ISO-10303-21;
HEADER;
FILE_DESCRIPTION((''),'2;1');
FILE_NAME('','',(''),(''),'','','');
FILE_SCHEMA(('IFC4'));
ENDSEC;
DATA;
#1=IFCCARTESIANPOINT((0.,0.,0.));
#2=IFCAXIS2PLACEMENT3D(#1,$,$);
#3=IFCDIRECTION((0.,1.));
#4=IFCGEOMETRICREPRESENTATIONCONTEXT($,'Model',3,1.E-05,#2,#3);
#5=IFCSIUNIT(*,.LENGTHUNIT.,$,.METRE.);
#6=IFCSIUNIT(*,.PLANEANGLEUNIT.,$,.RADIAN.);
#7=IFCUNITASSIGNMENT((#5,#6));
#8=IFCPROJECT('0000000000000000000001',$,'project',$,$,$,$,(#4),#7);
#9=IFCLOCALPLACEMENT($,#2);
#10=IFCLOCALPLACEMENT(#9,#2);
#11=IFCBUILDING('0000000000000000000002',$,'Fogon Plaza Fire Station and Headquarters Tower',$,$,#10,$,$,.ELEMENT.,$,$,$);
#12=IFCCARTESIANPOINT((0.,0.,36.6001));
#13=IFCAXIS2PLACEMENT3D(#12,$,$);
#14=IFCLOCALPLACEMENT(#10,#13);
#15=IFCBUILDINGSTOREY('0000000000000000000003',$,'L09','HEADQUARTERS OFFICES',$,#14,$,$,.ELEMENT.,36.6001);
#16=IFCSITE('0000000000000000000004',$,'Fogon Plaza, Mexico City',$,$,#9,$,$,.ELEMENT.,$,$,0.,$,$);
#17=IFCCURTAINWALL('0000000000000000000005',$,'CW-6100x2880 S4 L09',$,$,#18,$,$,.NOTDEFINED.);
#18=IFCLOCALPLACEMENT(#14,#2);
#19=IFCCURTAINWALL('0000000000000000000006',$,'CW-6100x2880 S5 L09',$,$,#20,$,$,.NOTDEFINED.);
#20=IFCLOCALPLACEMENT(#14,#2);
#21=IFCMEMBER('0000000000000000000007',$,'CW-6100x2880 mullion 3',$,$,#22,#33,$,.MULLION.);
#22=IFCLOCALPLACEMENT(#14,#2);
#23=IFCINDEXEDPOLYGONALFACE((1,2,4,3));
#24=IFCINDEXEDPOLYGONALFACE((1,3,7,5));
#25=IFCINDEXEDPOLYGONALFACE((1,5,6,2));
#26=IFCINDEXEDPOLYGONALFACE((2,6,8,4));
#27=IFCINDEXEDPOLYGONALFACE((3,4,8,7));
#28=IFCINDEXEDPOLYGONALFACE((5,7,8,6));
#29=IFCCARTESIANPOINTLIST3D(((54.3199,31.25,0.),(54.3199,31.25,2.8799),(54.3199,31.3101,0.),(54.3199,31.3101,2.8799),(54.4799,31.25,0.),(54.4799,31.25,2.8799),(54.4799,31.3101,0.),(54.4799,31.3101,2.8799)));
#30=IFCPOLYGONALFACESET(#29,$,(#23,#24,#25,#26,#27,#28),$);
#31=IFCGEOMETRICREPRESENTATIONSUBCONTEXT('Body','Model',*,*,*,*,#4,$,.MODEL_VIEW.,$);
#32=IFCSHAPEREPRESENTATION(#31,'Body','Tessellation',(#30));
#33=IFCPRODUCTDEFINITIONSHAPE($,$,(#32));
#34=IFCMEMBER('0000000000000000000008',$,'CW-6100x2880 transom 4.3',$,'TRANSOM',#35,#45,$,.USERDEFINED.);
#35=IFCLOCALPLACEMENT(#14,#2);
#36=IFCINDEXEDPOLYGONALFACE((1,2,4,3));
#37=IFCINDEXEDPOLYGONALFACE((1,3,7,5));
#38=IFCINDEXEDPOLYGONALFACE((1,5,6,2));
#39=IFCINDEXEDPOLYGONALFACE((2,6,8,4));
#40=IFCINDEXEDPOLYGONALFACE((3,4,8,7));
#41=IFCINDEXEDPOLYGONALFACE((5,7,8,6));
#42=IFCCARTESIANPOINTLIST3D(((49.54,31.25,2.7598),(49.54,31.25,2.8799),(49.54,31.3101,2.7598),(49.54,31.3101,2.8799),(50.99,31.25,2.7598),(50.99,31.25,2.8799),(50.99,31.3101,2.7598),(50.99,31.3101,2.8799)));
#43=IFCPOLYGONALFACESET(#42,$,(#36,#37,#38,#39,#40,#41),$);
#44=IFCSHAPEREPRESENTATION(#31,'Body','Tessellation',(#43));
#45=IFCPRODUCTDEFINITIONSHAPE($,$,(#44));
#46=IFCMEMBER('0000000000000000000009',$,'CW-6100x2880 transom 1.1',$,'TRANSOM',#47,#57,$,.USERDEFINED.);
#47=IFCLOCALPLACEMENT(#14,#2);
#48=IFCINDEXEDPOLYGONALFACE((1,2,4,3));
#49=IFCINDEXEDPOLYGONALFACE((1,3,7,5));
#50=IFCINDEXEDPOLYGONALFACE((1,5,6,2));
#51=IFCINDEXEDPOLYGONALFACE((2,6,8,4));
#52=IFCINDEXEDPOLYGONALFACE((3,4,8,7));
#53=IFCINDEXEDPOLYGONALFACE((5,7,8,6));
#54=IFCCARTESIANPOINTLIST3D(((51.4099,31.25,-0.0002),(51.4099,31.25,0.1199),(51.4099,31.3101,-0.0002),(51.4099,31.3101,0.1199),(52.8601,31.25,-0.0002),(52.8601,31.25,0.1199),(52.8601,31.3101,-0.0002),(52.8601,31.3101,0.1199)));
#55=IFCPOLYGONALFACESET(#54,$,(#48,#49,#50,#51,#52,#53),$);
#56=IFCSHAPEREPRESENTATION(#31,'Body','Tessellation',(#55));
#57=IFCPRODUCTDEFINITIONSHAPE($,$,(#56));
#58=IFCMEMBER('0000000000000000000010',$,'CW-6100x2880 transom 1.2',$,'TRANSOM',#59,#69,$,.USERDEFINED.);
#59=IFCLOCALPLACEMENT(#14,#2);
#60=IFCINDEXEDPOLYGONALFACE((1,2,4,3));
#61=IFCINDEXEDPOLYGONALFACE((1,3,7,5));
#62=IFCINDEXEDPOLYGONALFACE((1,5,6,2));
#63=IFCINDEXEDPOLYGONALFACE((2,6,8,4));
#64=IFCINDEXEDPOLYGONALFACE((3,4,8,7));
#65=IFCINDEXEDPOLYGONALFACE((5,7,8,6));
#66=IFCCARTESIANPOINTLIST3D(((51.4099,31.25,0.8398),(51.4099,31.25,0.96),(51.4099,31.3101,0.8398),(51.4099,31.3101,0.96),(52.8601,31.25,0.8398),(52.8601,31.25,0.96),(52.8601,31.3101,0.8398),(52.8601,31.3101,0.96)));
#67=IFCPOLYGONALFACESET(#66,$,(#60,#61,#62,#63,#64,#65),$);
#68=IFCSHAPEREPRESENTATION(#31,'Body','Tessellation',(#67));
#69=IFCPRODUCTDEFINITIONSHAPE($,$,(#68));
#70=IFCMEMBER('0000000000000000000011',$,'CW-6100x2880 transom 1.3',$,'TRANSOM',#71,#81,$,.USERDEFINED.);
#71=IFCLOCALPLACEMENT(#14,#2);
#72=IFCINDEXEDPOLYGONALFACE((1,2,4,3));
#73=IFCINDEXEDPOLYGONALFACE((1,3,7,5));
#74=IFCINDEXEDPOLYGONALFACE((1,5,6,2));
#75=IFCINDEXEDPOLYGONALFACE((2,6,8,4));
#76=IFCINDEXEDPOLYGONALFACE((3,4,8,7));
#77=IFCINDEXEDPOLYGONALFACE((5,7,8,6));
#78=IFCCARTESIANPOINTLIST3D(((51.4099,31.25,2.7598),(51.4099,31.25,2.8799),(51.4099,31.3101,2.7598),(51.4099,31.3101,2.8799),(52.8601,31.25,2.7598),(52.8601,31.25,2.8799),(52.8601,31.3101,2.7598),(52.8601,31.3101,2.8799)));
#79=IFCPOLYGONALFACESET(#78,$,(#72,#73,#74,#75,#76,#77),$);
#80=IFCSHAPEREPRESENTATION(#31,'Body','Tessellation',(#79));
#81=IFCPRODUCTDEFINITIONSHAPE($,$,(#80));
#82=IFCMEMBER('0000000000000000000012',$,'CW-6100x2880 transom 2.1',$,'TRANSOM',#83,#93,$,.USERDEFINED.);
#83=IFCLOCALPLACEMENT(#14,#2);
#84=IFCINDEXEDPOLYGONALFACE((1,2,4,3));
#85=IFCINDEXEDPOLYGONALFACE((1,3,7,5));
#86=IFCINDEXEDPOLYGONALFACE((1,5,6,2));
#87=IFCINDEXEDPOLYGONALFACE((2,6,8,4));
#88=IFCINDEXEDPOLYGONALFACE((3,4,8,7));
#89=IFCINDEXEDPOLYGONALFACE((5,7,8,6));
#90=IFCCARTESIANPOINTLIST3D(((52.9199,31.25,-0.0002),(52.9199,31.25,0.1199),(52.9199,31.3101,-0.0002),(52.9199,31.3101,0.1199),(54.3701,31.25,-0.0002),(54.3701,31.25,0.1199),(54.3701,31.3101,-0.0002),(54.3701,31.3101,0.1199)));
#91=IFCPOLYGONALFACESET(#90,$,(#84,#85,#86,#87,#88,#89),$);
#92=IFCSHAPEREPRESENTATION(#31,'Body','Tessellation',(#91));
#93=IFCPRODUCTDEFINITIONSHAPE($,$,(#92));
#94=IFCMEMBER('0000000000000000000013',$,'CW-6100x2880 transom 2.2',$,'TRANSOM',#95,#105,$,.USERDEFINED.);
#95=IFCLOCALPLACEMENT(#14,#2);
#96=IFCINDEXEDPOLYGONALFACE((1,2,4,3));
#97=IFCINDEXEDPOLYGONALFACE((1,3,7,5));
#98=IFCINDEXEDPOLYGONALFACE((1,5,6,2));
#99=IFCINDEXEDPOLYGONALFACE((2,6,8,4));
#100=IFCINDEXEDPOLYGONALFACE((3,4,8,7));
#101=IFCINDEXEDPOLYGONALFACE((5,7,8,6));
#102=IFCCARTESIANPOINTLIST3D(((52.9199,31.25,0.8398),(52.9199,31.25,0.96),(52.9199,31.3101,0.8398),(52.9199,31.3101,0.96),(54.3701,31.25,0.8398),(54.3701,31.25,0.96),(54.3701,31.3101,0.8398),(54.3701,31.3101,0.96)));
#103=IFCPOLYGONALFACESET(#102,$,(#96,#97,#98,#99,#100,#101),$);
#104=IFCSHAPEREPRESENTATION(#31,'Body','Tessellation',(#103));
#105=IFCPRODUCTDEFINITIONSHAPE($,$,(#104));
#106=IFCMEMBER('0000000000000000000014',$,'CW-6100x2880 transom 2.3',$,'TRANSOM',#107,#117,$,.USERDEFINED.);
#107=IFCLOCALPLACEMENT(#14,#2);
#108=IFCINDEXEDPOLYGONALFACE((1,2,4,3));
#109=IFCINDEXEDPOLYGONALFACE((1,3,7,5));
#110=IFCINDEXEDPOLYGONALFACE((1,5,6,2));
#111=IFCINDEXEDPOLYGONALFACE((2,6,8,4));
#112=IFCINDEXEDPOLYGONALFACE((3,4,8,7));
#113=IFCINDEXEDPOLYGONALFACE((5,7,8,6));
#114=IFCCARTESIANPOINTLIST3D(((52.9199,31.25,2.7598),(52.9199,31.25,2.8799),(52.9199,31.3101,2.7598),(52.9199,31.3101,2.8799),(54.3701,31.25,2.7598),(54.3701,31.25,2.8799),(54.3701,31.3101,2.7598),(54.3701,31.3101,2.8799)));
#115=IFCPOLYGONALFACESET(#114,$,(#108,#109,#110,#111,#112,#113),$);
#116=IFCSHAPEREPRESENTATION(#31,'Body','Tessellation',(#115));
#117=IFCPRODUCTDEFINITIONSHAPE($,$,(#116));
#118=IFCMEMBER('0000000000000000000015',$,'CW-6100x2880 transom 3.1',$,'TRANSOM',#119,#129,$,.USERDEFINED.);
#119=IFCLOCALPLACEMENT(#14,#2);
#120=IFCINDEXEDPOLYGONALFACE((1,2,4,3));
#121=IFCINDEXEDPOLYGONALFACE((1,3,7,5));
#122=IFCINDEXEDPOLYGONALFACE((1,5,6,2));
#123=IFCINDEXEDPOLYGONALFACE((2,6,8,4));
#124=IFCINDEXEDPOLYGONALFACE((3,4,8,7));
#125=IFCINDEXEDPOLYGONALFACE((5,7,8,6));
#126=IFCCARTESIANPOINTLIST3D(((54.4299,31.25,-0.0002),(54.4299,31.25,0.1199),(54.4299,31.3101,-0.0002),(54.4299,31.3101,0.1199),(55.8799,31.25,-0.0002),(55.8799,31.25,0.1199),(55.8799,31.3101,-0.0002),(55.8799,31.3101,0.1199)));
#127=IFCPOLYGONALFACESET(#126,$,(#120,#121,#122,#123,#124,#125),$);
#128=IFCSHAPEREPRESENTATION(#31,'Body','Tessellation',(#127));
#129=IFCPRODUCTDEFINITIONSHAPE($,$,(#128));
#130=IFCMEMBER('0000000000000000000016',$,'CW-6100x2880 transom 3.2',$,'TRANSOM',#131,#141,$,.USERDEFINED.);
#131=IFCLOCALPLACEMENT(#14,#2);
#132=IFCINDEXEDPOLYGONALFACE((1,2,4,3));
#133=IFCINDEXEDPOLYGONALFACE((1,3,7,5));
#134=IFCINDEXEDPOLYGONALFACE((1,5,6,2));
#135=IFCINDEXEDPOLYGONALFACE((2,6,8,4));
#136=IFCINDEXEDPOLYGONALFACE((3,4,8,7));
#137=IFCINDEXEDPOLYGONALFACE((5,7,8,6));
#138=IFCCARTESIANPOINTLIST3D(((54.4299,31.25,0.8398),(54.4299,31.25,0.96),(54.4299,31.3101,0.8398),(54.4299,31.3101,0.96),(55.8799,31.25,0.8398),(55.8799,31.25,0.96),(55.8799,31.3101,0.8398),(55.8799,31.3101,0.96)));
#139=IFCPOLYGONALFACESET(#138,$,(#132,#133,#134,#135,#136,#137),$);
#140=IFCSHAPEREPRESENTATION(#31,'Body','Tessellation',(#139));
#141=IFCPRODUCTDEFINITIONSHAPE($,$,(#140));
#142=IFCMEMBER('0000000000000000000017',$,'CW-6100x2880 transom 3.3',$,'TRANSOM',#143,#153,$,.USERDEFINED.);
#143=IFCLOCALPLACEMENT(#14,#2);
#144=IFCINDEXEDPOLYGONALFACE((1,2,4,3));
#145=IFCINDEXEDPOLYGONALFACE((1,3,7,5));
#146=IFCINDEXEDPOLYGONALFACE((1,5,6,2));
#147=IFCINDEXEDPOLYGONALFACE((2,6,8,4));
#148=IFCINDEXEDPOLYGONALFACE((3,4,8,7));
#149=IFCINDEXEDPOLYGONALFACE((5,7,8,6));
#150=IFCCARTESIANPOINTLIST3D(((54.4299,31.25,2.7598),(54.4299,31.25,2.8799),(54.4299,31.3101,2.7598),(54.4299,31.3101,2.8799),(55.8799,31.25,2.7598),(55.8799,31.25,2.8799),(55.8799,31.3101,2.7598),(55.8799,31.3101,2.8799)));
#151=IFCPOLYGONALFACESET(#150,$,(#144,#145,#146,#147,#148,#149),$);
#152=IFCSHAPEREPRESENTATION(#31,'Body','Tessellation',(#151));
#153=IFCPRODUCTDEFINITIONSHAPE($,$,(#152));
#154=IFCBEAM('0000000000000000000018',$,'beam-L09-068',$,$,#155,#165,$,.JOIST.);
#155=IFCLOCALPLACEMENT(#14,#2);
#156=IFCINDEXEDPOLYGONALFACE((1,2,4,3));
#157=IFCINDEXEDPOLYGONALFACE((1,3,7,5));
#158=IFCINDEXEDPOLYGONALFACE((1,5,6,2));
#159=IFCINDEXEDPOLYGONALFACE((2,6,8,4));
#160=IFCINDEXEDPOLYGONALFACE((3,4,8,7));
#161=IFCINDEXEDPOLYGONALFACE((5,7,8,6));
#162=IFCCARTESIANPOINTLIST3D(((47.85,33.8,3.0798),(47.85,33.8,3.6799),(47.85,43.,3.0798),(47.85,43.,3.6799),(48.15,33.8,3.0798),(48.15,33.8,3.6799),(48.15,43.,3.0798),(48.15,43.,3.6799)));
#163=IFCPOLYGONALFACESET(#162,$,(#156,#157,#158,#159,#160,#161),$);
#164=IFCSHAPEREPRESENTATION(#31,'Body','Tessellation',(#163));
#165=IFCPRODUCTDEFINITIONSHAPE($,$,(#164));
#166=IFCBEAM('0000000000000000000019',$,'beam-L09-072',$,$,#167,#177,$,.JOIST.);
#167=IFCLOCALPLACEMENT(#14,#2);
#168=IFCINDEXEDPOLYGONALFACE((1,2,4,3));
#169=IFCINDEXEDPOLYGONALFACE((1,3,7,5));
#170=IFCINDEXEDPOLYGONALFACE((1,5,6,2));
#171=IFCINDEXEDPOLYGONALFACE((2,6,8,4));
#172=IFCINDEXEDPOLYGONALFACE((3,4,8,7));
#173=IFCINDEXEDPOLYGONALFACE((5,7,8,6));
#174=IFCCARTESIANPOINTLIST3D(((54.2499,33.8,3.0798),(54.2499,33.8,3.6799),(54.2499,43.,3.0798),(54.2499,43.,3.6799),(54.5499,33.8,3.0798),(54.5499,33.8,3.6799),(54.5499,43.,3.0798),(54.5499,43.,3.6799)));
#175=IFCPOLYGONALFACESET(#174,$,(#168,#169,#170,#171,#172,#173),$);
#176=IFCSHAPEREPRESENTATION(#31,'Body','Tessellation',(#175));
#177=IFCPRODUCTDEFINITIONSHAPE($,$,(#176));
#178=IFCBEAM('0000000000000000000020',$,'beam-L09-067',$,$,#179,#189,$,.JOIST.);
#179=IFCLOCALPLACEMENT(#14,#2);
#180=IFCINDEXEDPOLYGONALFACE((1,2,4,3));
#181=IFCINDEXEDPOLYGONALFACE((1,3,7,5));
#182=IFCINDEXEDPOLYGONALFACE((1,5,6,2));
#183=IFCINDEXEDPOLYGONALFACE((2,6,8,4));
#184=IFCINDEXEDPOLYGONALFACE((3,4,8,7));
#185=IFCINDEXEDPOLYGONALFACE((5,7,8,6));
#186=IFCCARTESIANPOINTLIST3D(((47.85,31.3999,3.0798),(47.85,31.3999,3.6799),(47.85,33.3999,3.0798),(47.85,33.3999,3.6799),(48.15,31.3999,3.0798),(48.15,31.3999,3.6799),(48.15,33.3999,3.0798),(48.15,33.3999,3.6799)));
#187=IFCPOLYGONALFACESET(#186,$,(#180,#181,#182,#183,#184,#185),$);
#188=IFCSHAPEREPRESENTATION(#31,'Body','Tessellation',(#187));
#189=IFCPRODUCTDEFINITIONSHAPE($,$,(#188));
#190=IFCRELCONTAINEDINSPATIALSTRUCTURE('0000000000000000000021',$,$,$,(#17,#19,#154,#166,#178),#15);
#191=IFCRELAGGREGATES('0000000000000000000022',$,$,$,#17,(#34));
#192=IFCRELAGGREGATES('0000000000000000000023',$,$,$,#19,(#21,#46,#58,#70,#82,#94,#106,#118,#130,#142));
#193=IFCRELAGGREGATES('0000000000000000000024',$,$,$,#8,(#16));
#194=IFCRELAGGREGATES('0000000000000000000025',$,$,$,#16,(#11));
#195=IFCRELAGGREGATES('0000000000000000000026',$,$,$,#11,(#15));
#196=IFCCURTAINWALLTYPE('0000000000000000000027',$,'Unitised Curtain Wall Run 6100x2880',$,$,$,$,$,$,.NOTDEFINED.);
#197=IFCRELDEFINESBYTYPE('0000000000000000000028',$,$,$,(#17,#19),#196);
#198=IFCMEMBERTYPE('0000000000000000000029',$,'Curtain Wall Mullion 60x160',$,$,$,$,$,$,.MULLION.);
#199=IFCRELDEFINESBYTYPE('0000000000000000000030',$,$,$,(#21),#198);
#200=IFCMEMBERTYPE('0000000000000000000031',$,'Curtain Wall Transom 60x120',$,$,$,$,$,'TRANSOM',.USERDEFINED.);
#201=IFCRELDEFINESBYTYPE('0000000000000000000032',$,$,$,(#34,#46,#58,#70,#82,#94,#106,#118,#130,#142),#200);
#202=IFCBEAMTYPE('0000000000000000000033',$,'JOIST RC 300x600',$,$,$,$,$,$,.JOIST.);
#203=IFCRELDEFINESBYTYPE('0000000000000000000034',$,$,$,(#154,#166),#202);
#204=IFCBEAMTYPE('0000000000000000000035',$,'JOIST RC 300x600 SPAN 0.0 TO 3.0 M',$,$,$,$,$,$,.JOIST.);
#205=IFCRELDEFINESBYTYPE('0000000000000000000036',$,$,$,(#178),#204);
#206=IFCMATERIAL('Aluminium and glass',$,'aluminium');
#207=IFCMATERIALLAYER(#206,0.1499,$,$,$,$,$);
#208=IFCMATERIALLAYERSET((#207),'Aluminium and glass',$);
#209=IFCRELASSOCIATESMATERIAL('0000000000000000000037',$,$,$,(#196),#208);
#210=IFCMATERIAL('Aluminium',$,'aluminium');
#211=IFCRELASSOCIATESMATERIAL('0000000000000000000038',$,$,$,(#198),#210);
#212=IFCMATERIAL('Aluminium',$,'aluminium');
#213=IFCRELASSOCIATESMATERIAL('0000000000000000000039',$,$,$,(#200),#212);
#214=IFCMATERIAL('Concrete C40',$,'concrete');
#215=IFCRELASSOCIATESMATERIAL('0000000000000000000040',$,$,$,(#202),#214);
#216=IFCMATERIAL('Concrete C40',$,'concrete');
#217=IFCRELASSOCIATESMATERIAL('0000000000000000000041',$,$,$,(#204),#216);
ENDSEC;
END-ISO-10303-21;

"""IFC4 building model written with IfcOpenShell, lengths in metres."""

from ifc_helpers import new_model, si_unit, direction, frame, origin, origin_2d, place, context, subcontext, project, spatial, rectangle, extrude, material, layer, layer_set, material_profile, profile_set, type_object, element, aggregate, save


model = new_model("IFC4")

# Units and contexts
model_context = context("Model", 3, precision=1e-05, world=origin(), true_north=direction((0.0, 1.0)))
body_context = subcontext(model_context, "Body", "Model", "MODEL_VIEW")
ifc_project = project(units=[si_unit("LENGTHUNIT", "METRE"), si_unit("PLANEANGLEUNIT", "RADIAN")], contexts=[model_context])

# Site, building, storey
site_placement = place(None, origin())
site = spatial("IfcSite", under=ifc_project, at=site_placement, Name="Fogon Plaza, Mexico City", CompositionType="ELEMENT", RefElevation=0.0)
building_placement = place(site_placement, origin())
building = spatial("IfcBuilding", under=site, at=building_placement, Name="Fogon Plaza Fire Station and Headquarters Tower", CompositionType="ELEMENT")
storey_placement = place(building_placement, frame((0.0, 0.0, 36.6001)))
storey = spatial("IfcBuildingStorey", under=building, at=storey_placement, Name="L09", Description="HEADQUARTERS OFFICES", CompositionType="ELEMENT", Elevation=36.6001)

# Curtain wall
ifc_material_1 = material(Name="Aluminium and glass", Category="aluminium")
ifc_layer_1 = layer(ifc_material_1, 0.1499)
ifc_layer_set_1 = layer_set([ifc_layer_1], Name="Aluminium and glass")
curtain_wall_type = type_object("IfcCurtainWallType", Name="Unitised Curtain Wall Run 6100x2880", PredefinedType="NOTDEFINED", material=ifc_layer_set_1)
curtain_wall_1_placement = place(storey_placement, origin())
curtain_wall_1 = element("IfcCurtainWall", 1, at=curtain_wall_1_placement, inside=storey, type_object=curtain_wall_type, Name="CW-6100x2880 S4 L09", PredefinedType="NOTDEFINED")
ifc_material_2 = material(Name="Aluminium", Category="aluminium")
ifc_material_profile_1 = material_profile(ifc_material_2, rectangle(XDim=0.0601, YDim=0.1599, at=origin_2d()), Name="Curtain Wall Mullion 60x160")
ifc_profile_set_1 = profile_set([ifc_material_profile_1], Name="Aluminium")
member_type_1 = type_object("IfcMemberType", Name="Curtain Wall Mullion 60x160", PredefinedType="MULLION", material=ifc_profile_set_1)

# Curtain wall, member
curtain_wall_2_placement = place(storey_placement, origin())
curtain_wall_2 = element("IfcCurtainWall", 2, at=curtain_wall_2_placement, inside=storey, type_object=curtain_wall_type, Name="CW-6100x2880 S5 L09", PredefinedType="NOTDEFINED")
member_1_placement = place(storey_placement, frame((54.3999, 31.28, 0.0), z_axis=(0.0, 0.0, 1.0), x_axis=(0.0, 1.0, 0.0)))
member_1 = element("IfcMember", 3, at=member_1_placement, type_object=member_type_1, Name="CW-6100x2880 mullion 3", PredefinedType="MULLION", context=body_context, shape_type="SweptSolid", body=[
    extrude(rectangle(XDim=0.0601, YDim=0.1599, at=origin_2d()), origin(), (0.0, 0.0, 1.0), 2.8799),
])

# Members
ifc_material_3 = material(Name="Aluminium", Category="aluminium")
ifc_material_profile_2 = material_profile(ifc_material_3, rectangle(XDim=0.0601, YDim=0.1201, at=origin_2d()), Name="Curtain Wall Transom 60x120")
ifc_profile_set_2 = profile_set([ifc_material_profile_2], Name="Aluminium")
member_type_2 = type_object("IfcMemberType", Name="Curtain Wall Transom 60x120", ElementType="TRANSOM", PredefinedType="USERDEFINED", material=ifc_profile_set_2)
member_2_placement = place(storey_placement, frame((49.54, 31.28, 2.8198), z_axis=(1.0, 0.0, 0.0), x_axis=(0.0, 1.0, 0.0)))
member_2 = element("IfcMember", 4, at=member_2_placement, type_object=member_type_2, Name="CW-6100x2880 transom 4.3", ObjectType="TRANSOM", PredefinedType="USERDEFINED", context=body_context, shape_type="SweptSolid", body=[
    extrude(rectangle(XDim=0.0601, YDim=0.1201, at=origin_2d()), origin(), (0.0, 0.0, 1.0), 1.45),
])
member_3_placement = place(storey_placement, frame((51.4099, 31.28, 0.0598), z_axis=(1.0, 0.0, 0.0), x_axis=(0.0, 1.0, 0.0)))
member_3 = element("IfcMember", 5, at=member_3_placement, type_object=member_type_2, Name="CW-6100x2880 transom 1.1", ObjectType="TRANSOM", PredefinedType="USERDEFINED", context=body_context, shape_type="SweptSolid", body=[
    extrude(rectangle(XDim=0.0601, YDim=0.1201, at=origin_2d()), origin(), (0.0, 0.0, 1.0), 1.4502),
])
member_4_placement = place(storey_placement, frame((51.4099, 31.28, 0.8999), z_axis=(1.0, 0.0, 0.0), x_axis=(0.0, 1.0, 0.0)))
member_4 = element("IfcMember", 6, at=member_4_placement, type_object=member_type_2, Name="CW-6100x2880 transom 1.2", ObjectType="TRANSOM", PredefinedType="USERDEFINED", context=body_context, shape_type="SweptSolid", body=[
    extrude(rectangle(XDim=0.0601, YDim=0.1201, at=origin_2d()), origin(), (0.0, 0.0, 1.0), 1.4502),
])
member_5_placement = place(storey_placement, frame((51.4099, 31.28, 2.8198), z_axis=(1.0, 0.0, 0.0), x_axis=(0.0, 1.0, 0.0)))
member_5 = element("IfcMember", 7, at=member_5_placement, type_object=member_type_2, Name="CW-6100x2880 transom 1.3", ObjectType="TRANSOM", PredefinedType="USERDEFINED", context=body_context, shape_type="SweptSolid", body=[
    extrude(rectangle(XDim=0.0601, YDim=0.1201, at=origin_2d()), origin(), (0.0, 0.0, 1.0), 1.4502),
])
member_6_placement = place(storey_placement, frame((52.9199, 31.28, 0.0598), z_axis=(1.0, 0.0, 0.0), x_axis=(0.0, 1.0, 0.0)))
member_6 = element("IfcMember", 8, at=member_6_placement, type_object=member_type_2, Name="CW-6100x2880 transom 2.1", ObjectType="TRANSOM", PredefinedType="USERDEFINED", context=body_context, shape_type="SweptSolid", body=[
    extrude(rectangle(XDim=0.0601, YDim=0.1201, at=origin_2d()), origin(), (0.0, 0.0, 1.0), 1.4502),
])
member_7_placement = place(storey_placement, frame((52.9199, 31.28, 0.8999), z_axis=(1.0, 0.0, 0.0), x_axis=(0.0, 1.0, 0.0)))
member_7 = element("IfcMember", 9, at=member_7_placement, type_object=member_type_2, Name="CW-6100x2880 transom 2.2", ObjectType="TRANSOM", PredefinedType="USERDEFINED", context=body_context, shape_type="SweptSolid", body=[
    extrude(rectangle(XDim=0.0601, YDim=0.1201, at=origin_2d()), origin(), (0.0, 0.0, 1.0), 1.4502),
])
member_8_placement = place(storey_placement, frame((52.9199, 31.28, 2.8198), z_axis=(1.0, 0.0, 0.0), x_axis=(0.0, 1.0, 0.0)))
member_8 = element("IfcMember", 10, at=member_8_placement, type_object=member_type_2, Name="CW-6100x2880 transom 2.3", ObjectType="TRANSOM", PredefinedType="USERDEFINED", context=body_context, shape_type="SweptSolid", body=[
    extrude(rectangle(XDim=0.0601, YDim=0.1201, at=origin_2d()), origin(), (0.0, 0.0, 1.0), 1.4502),
])
member_9_placement = place(storey_placement, frame((54.4299, 31.28, 0.0598), z_axis=(1.0, 0.0, 0.0), x_axis=(0.0, 1.0, 0.0)))
member_9 = element("IfcMember", 11, at=member_9_placement, type_object=member_type_2, Name="CW-6100x2880 transom 3.1", ObjectType="TRANSOM", PredefinedType="USERDEFINED", context=body_context, shape_type="SweptSolid", body=[
    extrude(rectangle(XDim=0.0601, YDim=0.1201, at=origin_2d()), origin(), (0.0, 0.0, 1.0), 1.45),
])
member_10_placement = place(storey_placement, frame((54.4299, 31.28, 0.8999), z_axis=(1.0, 0.0, 0.0), x_axis=(0.0, 1.0, 0.0)))
member_10 = element("IfcMember", 12, at=member_10_placement, type_object=member_type_2, Name="CW-6100x2880 transom 3.2", ObjectType="TRANSOM", PredefinedType="USERDEFINED", context=body_context, shape_type="SweptSolid", body=[
    extrude(rectangle(XDim=0.0601, YDim=0.1201, at=origin_2d()), origin(), (0.0, 0.0, 1.0), 1.45),
])
member_11_placement = place(storey_placement, frame((54.4299, 31.28, 2.8198), z_axis=(1.0, 0.0, 0.0), x_axis=(0.0, 1.0, 0.0)))
member_11 = element("IfcMember", 13, at=member_11_placement, type_object=member_type_2, Name="CW-6100x2880 transom 3.3", ObjectType="TRANSOM", PredefinedType="USERDEFINED", context=body_context, shape_type="SweptSolid", body=[
    extrude(rectangle(XDim=0.0601, YDim=0.1201, at=origin_2d()), origin(), (0.0, 0.0, 1.0), 1.45),
])

# Beams
ifc_material_4 = material(Name="Concrete C40", Category="concrete")
ifc_material_profile_3 = material_profile(ifc_material_4, rectangle(XDim=0.3, YDim=0.6001, at=origin_2d()), Name="RC 300x600")
ifc_profile_set_3 = profile_set([ifc_material_profile_3], Name="Concrete C40")
beam_type_1 = type_object("IfcBeamType", Name="JOIST RC 300x600", PredefinedType="JOIST", material=ifc_profile_set_3)
for number, where, z_axis, x_axis, name in (
    (14, (48.0, 33.8, 3.3799), (0.0, 1.0, 0.0), (-1.0, 0.0, 0.0), "beam-L09-068"),
    (15, (54.3999, 33.8, 3.3799), (0.0, 1.0, 0.0), (-1.0, 0.0, 0.0), "beam-L09-072"),
):
    element("IfcBeam", number, at=place(storey_placement, frame(where, z_axis=z_axis, x_axis=x_axis)), inside=storey, type_object=beam_type_1, Name=name, PredefinedType="JOIST", context=body_context, shape_type="SweptSolid", body=[
        extrude(rectangle(XDim=0.3, YDim=0.6001, at=origin_2d()), origin(), (0.0, 0.0, 1.0), 9.2),
    ])
ifc_material_5 = material(Name="Concrete C40", Category="concrete")
ifc_material_profile_4 = material_profile(ifc_material_5, rectangle(XDim=0.3, YDim=0.6001, at=origin_2d()), Name="RC 300x600")
ifc_profile_set_4 = profile_set([ifc_material_profile_4], Name="Concrete C40")
beam_type_2 = type_object("IfcBeamType", Name="JOIST RC 300x600 SPAN 0.0 TO 3.0 M", PredefinedType="JOIST", material=ifc_profile_set_4)
for number, where, z_axis, x_axis, name in (
    (16, (48.0, 31.3999, 3.3799), (0.0, 1.0, 0.0), (-1.0, 0.0, 0.0), "beam-L09-067"),
):
    element("IfcBeam", number, at=place(storey_placement, frame(where, z_axis=z_axis, x_axis=x_axis)), inside=storey, type_object=beam_type_2, Name=name, PredefinedType="JOIST", context=body_context, shape_type="SweptSolid", body=[
        extrude(rectangle(XDim=0.3, YDim=0.6001, at=origin_2d()), origin(), (0.0, 0.0, 1.0), 2.0),
    ])

aggregate(curtain_wall_1, [member_2])
aggregate(curtain_wall_2, [member_1, member_3, member_4, member_5, member_6, member_7, member_8, member_9, member_10, member_11])

save(model, "model.ifc")
